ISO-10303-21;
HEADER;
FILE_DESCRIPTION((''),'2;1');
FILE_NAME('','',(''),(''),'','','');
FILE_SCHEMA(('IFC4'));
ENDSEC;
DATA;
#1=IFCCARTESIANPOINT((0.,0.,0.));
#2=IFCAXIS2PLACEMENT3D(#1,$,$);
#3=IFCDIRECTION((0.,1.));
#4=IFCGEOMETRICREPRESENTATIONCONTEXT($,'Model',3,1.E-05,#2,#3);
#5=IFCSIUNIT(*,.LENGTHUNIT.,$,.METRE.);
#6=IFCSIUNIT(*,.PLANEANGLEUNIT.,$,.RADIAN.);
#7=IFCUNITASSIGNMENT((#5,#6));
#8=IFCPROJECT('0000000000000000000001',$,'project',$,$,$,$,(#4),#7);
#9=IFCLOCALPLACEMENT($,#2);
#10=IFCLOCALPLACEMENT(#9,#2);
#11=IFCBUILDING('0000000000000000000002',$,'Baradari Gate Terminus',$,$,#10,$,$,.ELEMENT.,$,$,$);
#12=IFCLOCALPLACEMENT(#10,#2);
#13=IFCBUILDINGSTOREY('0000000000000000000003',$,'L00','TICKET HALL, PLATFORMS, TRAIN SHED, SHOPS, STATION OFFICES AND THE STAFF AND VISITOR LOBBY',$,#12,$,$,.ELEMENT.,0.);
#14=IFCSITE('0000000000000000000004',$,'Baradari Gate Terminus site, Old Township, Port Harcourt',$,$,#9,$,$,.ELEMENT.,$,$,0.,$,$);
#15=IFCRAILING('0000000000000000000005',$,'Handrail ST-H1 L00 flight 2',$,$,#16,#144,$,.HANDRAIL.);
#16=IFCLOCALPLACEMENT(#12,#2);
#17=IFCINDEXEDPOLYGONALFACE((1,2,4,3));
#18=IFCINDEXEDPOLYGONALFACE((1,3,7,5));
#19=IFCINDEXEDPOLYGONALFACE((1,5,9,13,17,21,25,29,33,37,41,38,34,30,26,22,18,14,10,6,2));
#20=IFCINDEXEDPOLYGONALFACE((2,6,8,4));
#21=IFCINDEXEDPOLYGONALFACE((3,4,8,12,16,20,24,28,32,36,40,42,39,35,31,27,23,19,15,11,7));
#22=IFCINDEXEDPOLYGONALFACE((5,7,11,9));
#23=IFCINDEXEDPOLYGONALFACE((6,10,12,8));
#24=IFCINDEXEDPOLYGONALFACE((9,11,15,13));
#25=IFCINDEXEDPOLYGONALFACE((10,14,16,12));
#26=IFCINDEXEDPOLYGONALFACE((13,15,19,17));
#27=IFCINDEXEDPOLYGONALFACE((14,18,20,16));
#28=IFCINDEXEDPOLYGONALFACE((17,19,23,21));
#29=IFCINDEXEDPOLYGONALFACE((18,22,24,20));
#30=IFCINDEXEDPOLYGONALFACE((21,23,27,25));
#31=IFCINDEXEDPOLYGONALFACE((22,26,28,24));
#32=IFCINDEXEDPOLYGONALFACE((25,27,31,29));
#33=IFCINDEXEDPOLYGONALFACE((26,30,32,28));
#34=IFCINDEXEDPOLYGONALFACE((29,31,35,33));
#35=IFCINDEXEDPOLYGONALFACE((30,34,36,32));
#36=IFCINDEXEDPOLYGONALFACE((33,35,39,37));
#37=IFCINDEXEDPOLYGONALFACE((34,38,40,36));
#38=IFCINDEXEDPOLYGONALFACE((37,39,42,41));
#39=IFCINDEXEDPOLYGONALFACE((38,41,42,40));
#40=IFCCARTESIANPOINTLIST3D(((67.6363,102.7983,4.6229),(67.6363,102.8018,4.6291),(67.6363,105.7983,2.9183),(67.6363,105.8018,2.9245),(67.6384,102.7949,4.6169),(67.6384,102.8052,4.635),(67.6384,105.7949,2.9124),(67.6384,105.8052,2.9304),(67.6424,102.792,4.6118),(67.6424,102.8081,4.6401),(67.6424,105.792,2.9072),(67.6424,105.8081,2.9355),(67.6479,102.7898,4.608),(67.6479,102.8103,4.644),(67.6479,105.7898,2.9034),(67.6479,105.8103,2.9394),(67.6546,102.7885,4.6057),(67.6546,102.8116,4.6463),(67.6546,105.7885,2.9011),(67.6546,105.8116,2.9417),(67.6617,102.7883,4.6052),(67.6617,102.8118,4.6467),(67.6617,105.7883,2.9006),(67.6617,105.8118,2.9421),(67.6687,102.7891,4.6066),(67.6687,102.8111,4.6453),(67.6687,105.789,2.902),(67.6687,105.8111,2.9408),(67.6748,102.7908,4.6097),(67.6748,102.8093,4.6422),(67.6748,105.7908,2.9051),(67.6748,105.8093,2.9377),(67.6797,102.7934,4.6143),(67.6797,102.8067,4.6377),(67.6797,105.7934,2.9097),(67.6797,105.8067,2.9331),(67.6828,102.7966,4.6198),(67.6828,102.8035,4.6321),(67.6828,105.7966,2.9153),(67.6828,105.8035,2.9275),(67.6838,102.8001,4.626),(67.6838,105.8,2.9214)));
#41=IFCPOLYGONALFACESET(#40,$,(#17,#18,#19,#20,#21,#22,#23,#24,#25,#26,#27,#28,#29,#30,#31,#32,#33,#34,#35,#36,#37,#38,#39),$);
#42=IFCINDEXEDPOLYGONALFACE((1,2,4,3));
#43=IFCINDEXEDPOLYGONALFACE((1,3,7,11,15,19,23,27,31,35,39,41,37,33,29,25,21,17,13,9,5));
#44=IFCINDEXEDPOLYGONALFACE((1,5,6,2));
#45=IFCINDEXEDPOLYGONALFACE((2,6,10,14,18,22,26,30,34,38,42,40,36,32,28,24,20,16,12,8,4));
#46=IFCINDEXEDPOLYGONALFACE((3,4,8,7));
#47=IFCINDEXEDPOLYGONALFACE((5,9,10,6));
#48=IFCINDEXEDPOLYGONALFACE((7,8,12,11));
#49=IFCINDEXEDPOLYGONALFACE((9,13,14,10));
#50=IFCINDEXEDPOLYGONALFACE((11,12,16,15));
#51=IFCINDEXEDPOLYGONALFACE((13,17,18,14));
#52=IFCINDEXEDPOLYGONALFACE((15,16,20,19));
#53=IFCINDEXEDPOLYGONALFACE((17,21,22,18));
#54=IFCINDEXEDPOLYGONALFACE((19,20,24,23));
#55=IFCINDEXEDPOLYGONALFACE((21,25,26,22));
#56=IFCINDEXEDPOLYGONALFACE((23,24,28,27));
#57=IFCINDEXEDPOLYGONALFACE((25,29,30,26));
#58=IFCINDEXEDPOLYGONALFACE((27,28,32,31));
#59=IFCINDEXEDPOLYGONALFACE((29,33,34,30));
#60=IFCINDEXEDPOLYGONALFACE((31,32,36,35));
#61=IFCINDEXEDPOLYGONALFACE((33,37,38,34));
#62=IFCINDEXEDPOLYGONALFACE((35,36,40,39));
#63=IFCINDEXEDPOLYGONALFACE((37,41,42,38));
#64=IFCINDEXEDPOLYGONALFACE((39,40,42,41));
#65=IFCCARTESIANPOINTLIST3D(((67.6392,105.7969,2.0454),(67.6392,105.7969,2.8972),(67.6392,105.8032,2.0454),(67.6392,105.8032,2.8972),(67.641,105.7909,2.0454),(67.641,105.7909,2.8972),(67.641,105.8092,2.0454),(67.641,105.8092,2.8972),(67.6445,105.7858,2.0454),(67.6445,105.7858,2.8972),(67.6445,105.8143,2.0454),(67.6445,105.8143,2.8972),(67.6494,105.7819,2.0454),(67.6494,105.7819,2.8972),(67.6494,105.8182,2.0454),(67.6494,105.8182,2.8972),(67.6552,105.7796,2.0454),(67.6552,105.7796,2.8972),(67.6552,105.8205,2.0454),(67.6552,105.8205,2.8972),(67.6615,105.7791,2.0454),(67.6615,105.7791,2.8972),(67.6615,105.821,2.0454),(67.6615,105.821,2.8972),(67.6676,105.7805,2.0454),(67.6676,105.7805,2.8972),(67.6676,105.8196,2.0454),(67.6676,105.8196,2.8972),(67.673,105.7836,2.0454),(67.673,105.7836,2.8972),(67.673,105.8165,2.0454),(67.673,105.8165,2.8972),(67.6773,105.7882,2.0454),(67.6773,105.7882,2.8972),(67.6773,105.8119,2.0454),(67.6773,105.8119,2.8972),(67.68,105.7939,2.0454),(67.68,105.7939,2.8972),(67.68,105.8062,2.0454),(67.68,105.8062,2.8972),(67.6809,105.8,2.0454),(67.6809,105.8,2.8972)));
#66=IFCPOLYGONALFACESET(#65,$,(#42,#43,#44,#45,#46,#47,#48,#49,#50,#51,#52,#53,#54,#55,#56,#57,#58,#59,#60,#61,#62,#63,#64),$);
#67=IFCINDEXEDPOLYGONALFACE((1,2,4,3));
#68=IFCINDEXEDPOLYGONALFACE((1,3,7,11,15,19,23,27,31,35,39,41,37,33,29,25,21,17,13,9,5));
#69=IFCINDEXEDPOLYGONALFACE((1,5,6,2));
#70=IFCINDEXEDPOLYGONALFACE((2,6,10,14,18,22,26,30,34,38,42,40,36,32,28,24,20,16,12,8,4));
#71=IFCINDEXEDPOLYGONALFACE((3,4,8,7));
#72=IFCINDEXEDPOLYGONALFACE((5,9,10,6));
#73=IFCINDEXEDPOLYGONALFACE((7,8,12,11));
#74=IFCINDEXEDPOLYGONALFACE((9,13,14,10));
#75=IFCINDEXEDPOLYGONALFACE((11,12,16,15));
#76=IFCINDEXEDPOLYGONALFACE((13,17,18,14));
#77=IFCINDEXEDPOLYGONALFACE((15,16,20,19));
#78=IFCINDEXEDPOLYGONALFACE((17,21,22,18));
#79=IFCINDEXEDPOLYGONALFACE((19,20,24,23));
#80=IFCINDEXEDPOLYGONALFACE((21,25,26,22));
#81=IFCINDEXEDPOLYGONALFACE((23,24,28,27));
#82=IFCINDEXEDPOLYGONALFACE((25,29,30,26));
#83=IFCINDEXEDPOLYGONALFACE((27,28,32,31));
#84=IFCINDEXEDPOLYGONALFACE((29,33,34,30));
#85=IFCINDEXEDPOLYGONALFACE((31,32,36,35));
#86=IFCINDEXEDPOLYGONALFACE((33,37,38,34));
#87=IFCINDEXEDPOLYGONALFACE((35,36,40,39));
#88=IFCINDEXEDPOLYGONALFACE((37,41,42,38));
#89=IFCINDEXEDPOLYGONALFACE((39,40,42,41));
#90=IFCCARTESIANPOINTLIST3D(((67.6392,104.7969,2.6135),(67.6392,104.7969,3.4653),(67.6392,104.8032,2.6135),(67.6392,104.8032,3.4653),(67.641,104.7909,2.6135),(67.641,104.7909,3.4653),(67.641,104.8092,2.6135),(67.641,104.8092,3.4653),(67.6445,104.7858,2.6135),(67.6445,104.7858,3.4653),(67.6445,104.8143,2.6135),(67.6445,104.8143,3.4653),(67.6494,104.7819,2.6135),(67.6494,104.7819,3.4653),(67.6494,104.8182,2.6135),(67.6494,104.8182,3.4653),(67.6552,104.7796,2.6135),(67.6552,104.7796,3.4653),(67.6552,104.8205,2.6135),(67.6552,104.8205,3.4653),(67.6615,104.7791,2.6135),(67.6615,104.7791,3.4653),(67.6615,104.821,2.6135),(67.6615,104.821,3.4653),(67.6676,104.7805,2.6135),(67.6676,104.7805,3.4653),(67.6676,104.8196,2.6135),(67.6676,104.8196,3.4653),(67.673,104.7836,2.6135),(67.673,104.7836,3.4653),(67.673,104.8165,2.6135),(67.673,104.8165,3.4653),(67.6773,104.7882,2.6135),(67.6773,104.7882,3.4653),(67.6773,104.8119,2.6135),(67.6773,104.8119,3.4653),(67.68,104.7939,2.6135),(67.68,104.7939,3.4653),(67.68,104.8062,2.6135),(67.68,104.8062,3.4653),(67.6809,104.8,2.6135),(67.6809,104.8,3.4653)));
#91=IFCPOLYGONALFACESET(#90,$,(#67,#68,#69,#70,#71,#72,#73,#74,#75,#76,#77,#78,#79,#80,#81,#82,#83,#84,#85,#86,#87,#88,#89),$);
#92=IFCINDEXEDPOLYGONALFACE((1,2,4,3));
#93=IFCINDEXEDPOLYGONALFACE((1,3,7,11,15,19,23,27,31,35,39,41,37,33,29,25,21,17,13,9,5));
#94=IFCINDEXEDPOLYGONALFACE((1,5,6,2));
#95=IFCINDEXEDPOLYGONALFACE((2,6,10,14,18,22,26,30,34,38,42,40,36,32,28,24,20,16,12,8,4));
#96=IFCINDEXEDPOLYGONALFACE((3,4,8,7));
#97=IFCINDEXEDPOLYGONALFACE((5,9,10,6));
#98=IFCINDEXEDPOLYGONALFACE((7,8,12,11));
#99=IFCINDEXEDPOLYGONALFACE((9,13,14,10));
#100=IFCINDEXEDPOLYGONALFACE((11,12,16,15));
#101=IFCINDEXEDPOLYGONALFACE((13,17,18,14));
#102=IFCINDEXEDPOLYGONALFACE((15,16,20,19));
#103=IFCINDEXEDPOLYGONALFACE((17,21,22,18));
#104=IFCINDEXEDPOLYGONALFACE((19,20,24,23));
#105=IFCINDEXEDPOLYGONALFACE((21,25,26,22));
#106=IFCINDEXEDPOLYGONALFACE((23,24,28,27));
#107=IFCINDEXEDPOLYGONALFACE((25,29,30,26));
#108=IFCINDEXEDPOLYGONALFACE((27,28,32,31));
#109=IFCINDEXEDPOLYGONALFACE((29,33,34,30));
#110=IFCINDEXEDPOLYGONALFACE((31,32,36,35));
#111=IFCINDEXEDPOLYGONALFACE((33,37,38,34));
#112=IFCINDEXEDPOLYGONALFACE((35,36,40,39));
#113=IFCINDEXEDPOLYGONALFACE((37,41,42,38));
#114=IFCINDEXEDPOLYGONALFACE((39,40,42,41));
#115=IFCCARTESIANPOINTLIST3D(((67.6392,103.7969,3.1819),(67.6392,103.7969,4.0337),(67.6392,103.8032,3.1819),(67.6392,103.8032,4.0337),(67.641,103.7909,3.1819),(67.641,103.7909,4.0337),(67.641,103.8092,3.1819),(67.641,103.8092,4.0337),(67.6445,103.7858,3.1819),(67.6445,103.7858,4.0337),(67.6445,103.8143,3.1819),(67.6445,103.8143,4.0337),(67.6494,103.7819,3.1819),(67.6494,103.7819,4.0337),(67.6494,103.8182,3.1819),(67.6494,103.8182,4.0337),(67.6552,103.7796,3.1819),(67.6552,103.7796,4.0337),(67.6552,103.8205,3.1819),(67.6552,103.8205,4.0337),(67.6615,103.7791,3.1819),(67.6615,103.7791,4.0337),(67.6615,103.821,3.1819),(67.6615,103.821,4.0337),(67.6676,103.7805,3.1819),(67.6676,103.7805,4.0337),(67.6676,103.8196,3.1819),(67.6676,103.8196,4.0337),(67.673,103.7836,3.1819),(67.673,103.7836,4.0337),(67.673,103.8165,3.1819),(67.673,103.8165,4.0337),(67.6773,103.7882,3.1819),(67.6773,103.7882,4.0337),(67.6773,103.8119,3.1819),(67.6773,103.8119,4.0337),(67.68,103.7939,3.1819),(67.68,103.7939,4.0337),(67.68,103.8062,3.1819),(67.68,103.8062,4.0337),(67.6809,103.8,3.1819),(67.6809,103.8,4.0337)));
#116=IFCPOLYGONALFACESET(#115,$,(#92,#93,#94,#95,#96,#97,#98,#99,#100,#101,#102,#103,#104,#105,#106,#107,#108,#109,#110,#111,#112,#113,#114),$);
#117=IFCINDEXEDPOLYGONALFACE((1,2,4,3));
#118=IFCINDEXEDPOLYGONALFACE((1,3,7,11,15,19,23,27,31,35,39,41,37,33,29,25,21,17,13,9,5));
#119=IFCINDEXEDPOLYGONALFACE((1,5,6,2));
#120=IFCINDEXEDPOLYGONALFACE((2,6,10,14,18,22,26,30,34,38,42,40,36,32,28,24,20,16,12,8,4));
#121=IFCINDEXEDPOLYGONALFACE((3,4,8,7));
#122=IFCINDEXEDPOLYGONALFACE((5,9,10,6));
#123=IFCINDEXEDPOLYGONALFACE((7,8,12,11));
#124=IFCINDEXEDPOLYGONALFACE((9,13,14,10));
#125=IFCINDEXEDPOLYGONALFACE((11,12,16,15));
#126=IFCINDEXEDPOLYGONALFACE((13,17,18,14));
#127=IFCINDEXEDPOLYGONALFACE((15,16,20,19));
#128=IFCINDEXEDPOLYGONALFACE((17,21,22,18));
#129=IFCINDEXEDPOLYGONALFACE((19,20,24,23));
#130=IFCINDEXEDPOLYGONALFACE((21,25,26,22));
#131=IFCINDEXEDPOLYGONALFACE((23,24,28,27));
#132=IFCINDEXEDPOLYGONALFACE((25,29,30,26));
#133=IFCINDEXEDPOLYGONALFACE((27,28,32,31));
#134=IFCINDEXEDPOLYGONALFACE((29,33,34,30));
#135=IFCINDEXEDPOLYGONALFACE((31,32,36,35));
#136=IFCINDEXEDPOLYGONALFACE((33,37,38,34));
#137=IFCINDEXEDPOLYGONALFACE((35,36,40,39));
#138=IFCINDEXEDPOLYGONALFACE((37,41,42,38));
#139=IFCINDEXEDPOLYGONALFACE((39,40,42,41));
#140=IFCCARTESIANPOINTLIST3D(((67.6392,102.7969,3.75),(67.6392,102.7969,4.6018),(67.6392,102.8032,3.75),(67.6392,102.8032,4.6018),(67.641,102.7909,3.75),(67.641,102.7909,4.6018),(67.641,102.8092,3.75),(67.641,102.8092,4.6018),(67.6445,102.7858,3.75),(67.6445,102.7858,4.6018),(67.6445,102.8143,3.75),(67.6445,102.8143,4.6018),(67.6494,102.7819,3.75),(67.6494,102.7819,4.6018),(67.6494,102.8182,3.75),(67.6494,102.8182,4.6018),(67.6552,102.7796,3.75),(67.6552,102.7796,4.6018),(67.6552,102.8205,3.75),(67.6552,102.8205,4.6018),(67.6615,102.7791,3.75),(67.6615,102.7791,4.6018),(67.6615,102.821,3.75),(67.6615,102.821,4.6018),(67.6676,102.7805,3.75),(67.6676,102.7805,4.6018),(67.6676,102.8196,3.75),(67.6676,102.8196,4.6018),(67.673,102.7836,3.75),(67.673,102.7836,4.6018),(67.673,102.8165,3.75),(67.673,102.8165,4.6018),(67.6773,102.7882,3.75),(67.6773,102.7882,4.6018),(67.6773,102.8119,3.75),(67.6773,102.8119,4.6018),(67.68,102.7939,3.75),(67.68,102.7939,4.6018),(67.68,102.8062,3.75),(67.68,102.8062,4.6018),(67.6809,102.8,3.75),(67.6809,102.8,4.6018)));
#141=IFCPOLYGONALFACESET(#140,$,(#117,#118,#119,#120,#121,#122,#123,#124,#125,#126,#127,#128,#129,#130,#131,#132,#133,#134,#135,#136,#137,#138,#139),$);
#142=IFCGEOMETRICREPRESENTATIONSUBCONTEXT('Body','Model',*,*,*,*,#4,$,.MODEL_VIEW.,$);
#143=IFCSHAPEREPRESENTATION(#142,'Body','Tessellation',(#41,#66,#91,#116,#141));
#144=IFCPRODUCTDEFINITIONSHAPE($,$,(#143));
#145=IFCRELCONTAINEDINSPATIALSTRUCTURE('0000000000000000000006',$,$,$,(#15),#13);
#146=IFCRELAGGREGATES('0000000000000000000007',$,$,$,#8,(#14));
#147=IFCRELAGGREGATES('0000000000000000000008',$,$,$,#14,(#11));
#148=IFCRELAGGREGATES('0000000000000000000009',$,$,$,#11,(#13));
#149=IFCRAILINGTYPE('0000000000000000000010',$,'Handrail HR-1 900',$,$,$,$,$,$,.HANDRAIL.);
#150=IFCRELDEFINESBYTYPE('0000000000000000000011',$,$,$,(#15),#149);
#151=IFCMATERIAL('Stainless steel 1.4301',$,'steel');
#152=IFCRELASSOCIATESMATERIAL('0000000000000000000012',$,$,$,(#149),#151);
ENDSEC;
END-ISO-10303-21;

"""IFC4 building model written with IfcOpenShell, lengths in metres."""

from ifc_helpers import new_model, si_unit, direction, frame, origin, origin_2d, place, context, subcontext, project, spatial, circle, extrude, material, type_object, element, save


model = new_model("IFC4")

# Units and contexts
model_context = context("Model", 3, precision=1e-05, world=origin(), true_north=direction((0.0, 1.0)))
body_context = subcontext(model_context, "Body", "Model", "MODEL_VIEW")
ifc_project = project(units=[si_unit("LENGTHUNIT", "METRE"), si_unit("PLANEANGLEUNIT", "RADIAN")], contexts=[model_context])

# Site, building, storey
site_placement = place(None, origin())
site = spatial("IfcSite", under=ifc_project, at=site_placement, Name="Baradari Gate Terminus site, Old Township, Port Harcourt", CompositionType="ELEMENT", RefElevation=0.0)
building_placement = place(site_placement, origin())
building = spatial("IfcBuilding", under=site, at=building_placement, Name="Baradari Gate Terminus", CompositionType="ELEMENT")
storey_placement = place(building_placement, origin())
storey = spatial("IfcBuildingStorey", under=building, at=storey_placement, Name="L00", Description="TICKET HALL, PLATFORMS, TRAIN SHED, SHOPS, STATION OFFICES AND THE STAFF AND VISITOR LOBBY", CompositionType="ELEMENT", Elevation=0.0)

# Railing
ifc_material_1 = material(Name="Stainless steel 1.4301", Category="steel")
railing_type_1 = type_object("IfcRailingType", Name="Handrail HR-1 900", PredefinedType="HANDRAIL", material=ifc_material_1)
for number, where, name in (
    (1, (67.6599, 105.8, 2.0454), "Handrail ST-H1 L00 flight 2"),
):
    element("IfcRailing", number, at=place(storey_placement, frame(where)), inside=storey, type_object=railing_type_1, Name=name, PredefinedType="HANDRAIL", context=body_context, shape_type="SweptSolid", body=[
        extrude(circle(Radius=0.0239, at=origin_2d()), frame((0.0, 0.0, 0.876), z_axis=(0.0, -0.869451, 0.494019), x_axis=(1.0, 0.0, 0.0)), (0.0, 0.0, 1.0), 3.4504),
        extrude(circle(Radius=0.021, at=origin_2d()), origin(), (0.0, 0.0, 1.0), 0.8518),
        extrude(circle(Radius=0.021, at=origin_2d()), frame((0.0, -1.0, 0.5681)), (0.0, 0.0, 1.0), 0.8518),
        extrude(circle(Radius=0.021, at=origin_2d()), frame((0.0, -2.0, 1.1365)), (0.0, 0.0, 1.0), 0.8518),
        extrude(circle(Radius=0.021, at=origin_2d()), frame((0.0, -3.0, 1.7046)), (0.0, 0.0, 1.0), 0.8518),
    ])

save(model, "model.ifc")
